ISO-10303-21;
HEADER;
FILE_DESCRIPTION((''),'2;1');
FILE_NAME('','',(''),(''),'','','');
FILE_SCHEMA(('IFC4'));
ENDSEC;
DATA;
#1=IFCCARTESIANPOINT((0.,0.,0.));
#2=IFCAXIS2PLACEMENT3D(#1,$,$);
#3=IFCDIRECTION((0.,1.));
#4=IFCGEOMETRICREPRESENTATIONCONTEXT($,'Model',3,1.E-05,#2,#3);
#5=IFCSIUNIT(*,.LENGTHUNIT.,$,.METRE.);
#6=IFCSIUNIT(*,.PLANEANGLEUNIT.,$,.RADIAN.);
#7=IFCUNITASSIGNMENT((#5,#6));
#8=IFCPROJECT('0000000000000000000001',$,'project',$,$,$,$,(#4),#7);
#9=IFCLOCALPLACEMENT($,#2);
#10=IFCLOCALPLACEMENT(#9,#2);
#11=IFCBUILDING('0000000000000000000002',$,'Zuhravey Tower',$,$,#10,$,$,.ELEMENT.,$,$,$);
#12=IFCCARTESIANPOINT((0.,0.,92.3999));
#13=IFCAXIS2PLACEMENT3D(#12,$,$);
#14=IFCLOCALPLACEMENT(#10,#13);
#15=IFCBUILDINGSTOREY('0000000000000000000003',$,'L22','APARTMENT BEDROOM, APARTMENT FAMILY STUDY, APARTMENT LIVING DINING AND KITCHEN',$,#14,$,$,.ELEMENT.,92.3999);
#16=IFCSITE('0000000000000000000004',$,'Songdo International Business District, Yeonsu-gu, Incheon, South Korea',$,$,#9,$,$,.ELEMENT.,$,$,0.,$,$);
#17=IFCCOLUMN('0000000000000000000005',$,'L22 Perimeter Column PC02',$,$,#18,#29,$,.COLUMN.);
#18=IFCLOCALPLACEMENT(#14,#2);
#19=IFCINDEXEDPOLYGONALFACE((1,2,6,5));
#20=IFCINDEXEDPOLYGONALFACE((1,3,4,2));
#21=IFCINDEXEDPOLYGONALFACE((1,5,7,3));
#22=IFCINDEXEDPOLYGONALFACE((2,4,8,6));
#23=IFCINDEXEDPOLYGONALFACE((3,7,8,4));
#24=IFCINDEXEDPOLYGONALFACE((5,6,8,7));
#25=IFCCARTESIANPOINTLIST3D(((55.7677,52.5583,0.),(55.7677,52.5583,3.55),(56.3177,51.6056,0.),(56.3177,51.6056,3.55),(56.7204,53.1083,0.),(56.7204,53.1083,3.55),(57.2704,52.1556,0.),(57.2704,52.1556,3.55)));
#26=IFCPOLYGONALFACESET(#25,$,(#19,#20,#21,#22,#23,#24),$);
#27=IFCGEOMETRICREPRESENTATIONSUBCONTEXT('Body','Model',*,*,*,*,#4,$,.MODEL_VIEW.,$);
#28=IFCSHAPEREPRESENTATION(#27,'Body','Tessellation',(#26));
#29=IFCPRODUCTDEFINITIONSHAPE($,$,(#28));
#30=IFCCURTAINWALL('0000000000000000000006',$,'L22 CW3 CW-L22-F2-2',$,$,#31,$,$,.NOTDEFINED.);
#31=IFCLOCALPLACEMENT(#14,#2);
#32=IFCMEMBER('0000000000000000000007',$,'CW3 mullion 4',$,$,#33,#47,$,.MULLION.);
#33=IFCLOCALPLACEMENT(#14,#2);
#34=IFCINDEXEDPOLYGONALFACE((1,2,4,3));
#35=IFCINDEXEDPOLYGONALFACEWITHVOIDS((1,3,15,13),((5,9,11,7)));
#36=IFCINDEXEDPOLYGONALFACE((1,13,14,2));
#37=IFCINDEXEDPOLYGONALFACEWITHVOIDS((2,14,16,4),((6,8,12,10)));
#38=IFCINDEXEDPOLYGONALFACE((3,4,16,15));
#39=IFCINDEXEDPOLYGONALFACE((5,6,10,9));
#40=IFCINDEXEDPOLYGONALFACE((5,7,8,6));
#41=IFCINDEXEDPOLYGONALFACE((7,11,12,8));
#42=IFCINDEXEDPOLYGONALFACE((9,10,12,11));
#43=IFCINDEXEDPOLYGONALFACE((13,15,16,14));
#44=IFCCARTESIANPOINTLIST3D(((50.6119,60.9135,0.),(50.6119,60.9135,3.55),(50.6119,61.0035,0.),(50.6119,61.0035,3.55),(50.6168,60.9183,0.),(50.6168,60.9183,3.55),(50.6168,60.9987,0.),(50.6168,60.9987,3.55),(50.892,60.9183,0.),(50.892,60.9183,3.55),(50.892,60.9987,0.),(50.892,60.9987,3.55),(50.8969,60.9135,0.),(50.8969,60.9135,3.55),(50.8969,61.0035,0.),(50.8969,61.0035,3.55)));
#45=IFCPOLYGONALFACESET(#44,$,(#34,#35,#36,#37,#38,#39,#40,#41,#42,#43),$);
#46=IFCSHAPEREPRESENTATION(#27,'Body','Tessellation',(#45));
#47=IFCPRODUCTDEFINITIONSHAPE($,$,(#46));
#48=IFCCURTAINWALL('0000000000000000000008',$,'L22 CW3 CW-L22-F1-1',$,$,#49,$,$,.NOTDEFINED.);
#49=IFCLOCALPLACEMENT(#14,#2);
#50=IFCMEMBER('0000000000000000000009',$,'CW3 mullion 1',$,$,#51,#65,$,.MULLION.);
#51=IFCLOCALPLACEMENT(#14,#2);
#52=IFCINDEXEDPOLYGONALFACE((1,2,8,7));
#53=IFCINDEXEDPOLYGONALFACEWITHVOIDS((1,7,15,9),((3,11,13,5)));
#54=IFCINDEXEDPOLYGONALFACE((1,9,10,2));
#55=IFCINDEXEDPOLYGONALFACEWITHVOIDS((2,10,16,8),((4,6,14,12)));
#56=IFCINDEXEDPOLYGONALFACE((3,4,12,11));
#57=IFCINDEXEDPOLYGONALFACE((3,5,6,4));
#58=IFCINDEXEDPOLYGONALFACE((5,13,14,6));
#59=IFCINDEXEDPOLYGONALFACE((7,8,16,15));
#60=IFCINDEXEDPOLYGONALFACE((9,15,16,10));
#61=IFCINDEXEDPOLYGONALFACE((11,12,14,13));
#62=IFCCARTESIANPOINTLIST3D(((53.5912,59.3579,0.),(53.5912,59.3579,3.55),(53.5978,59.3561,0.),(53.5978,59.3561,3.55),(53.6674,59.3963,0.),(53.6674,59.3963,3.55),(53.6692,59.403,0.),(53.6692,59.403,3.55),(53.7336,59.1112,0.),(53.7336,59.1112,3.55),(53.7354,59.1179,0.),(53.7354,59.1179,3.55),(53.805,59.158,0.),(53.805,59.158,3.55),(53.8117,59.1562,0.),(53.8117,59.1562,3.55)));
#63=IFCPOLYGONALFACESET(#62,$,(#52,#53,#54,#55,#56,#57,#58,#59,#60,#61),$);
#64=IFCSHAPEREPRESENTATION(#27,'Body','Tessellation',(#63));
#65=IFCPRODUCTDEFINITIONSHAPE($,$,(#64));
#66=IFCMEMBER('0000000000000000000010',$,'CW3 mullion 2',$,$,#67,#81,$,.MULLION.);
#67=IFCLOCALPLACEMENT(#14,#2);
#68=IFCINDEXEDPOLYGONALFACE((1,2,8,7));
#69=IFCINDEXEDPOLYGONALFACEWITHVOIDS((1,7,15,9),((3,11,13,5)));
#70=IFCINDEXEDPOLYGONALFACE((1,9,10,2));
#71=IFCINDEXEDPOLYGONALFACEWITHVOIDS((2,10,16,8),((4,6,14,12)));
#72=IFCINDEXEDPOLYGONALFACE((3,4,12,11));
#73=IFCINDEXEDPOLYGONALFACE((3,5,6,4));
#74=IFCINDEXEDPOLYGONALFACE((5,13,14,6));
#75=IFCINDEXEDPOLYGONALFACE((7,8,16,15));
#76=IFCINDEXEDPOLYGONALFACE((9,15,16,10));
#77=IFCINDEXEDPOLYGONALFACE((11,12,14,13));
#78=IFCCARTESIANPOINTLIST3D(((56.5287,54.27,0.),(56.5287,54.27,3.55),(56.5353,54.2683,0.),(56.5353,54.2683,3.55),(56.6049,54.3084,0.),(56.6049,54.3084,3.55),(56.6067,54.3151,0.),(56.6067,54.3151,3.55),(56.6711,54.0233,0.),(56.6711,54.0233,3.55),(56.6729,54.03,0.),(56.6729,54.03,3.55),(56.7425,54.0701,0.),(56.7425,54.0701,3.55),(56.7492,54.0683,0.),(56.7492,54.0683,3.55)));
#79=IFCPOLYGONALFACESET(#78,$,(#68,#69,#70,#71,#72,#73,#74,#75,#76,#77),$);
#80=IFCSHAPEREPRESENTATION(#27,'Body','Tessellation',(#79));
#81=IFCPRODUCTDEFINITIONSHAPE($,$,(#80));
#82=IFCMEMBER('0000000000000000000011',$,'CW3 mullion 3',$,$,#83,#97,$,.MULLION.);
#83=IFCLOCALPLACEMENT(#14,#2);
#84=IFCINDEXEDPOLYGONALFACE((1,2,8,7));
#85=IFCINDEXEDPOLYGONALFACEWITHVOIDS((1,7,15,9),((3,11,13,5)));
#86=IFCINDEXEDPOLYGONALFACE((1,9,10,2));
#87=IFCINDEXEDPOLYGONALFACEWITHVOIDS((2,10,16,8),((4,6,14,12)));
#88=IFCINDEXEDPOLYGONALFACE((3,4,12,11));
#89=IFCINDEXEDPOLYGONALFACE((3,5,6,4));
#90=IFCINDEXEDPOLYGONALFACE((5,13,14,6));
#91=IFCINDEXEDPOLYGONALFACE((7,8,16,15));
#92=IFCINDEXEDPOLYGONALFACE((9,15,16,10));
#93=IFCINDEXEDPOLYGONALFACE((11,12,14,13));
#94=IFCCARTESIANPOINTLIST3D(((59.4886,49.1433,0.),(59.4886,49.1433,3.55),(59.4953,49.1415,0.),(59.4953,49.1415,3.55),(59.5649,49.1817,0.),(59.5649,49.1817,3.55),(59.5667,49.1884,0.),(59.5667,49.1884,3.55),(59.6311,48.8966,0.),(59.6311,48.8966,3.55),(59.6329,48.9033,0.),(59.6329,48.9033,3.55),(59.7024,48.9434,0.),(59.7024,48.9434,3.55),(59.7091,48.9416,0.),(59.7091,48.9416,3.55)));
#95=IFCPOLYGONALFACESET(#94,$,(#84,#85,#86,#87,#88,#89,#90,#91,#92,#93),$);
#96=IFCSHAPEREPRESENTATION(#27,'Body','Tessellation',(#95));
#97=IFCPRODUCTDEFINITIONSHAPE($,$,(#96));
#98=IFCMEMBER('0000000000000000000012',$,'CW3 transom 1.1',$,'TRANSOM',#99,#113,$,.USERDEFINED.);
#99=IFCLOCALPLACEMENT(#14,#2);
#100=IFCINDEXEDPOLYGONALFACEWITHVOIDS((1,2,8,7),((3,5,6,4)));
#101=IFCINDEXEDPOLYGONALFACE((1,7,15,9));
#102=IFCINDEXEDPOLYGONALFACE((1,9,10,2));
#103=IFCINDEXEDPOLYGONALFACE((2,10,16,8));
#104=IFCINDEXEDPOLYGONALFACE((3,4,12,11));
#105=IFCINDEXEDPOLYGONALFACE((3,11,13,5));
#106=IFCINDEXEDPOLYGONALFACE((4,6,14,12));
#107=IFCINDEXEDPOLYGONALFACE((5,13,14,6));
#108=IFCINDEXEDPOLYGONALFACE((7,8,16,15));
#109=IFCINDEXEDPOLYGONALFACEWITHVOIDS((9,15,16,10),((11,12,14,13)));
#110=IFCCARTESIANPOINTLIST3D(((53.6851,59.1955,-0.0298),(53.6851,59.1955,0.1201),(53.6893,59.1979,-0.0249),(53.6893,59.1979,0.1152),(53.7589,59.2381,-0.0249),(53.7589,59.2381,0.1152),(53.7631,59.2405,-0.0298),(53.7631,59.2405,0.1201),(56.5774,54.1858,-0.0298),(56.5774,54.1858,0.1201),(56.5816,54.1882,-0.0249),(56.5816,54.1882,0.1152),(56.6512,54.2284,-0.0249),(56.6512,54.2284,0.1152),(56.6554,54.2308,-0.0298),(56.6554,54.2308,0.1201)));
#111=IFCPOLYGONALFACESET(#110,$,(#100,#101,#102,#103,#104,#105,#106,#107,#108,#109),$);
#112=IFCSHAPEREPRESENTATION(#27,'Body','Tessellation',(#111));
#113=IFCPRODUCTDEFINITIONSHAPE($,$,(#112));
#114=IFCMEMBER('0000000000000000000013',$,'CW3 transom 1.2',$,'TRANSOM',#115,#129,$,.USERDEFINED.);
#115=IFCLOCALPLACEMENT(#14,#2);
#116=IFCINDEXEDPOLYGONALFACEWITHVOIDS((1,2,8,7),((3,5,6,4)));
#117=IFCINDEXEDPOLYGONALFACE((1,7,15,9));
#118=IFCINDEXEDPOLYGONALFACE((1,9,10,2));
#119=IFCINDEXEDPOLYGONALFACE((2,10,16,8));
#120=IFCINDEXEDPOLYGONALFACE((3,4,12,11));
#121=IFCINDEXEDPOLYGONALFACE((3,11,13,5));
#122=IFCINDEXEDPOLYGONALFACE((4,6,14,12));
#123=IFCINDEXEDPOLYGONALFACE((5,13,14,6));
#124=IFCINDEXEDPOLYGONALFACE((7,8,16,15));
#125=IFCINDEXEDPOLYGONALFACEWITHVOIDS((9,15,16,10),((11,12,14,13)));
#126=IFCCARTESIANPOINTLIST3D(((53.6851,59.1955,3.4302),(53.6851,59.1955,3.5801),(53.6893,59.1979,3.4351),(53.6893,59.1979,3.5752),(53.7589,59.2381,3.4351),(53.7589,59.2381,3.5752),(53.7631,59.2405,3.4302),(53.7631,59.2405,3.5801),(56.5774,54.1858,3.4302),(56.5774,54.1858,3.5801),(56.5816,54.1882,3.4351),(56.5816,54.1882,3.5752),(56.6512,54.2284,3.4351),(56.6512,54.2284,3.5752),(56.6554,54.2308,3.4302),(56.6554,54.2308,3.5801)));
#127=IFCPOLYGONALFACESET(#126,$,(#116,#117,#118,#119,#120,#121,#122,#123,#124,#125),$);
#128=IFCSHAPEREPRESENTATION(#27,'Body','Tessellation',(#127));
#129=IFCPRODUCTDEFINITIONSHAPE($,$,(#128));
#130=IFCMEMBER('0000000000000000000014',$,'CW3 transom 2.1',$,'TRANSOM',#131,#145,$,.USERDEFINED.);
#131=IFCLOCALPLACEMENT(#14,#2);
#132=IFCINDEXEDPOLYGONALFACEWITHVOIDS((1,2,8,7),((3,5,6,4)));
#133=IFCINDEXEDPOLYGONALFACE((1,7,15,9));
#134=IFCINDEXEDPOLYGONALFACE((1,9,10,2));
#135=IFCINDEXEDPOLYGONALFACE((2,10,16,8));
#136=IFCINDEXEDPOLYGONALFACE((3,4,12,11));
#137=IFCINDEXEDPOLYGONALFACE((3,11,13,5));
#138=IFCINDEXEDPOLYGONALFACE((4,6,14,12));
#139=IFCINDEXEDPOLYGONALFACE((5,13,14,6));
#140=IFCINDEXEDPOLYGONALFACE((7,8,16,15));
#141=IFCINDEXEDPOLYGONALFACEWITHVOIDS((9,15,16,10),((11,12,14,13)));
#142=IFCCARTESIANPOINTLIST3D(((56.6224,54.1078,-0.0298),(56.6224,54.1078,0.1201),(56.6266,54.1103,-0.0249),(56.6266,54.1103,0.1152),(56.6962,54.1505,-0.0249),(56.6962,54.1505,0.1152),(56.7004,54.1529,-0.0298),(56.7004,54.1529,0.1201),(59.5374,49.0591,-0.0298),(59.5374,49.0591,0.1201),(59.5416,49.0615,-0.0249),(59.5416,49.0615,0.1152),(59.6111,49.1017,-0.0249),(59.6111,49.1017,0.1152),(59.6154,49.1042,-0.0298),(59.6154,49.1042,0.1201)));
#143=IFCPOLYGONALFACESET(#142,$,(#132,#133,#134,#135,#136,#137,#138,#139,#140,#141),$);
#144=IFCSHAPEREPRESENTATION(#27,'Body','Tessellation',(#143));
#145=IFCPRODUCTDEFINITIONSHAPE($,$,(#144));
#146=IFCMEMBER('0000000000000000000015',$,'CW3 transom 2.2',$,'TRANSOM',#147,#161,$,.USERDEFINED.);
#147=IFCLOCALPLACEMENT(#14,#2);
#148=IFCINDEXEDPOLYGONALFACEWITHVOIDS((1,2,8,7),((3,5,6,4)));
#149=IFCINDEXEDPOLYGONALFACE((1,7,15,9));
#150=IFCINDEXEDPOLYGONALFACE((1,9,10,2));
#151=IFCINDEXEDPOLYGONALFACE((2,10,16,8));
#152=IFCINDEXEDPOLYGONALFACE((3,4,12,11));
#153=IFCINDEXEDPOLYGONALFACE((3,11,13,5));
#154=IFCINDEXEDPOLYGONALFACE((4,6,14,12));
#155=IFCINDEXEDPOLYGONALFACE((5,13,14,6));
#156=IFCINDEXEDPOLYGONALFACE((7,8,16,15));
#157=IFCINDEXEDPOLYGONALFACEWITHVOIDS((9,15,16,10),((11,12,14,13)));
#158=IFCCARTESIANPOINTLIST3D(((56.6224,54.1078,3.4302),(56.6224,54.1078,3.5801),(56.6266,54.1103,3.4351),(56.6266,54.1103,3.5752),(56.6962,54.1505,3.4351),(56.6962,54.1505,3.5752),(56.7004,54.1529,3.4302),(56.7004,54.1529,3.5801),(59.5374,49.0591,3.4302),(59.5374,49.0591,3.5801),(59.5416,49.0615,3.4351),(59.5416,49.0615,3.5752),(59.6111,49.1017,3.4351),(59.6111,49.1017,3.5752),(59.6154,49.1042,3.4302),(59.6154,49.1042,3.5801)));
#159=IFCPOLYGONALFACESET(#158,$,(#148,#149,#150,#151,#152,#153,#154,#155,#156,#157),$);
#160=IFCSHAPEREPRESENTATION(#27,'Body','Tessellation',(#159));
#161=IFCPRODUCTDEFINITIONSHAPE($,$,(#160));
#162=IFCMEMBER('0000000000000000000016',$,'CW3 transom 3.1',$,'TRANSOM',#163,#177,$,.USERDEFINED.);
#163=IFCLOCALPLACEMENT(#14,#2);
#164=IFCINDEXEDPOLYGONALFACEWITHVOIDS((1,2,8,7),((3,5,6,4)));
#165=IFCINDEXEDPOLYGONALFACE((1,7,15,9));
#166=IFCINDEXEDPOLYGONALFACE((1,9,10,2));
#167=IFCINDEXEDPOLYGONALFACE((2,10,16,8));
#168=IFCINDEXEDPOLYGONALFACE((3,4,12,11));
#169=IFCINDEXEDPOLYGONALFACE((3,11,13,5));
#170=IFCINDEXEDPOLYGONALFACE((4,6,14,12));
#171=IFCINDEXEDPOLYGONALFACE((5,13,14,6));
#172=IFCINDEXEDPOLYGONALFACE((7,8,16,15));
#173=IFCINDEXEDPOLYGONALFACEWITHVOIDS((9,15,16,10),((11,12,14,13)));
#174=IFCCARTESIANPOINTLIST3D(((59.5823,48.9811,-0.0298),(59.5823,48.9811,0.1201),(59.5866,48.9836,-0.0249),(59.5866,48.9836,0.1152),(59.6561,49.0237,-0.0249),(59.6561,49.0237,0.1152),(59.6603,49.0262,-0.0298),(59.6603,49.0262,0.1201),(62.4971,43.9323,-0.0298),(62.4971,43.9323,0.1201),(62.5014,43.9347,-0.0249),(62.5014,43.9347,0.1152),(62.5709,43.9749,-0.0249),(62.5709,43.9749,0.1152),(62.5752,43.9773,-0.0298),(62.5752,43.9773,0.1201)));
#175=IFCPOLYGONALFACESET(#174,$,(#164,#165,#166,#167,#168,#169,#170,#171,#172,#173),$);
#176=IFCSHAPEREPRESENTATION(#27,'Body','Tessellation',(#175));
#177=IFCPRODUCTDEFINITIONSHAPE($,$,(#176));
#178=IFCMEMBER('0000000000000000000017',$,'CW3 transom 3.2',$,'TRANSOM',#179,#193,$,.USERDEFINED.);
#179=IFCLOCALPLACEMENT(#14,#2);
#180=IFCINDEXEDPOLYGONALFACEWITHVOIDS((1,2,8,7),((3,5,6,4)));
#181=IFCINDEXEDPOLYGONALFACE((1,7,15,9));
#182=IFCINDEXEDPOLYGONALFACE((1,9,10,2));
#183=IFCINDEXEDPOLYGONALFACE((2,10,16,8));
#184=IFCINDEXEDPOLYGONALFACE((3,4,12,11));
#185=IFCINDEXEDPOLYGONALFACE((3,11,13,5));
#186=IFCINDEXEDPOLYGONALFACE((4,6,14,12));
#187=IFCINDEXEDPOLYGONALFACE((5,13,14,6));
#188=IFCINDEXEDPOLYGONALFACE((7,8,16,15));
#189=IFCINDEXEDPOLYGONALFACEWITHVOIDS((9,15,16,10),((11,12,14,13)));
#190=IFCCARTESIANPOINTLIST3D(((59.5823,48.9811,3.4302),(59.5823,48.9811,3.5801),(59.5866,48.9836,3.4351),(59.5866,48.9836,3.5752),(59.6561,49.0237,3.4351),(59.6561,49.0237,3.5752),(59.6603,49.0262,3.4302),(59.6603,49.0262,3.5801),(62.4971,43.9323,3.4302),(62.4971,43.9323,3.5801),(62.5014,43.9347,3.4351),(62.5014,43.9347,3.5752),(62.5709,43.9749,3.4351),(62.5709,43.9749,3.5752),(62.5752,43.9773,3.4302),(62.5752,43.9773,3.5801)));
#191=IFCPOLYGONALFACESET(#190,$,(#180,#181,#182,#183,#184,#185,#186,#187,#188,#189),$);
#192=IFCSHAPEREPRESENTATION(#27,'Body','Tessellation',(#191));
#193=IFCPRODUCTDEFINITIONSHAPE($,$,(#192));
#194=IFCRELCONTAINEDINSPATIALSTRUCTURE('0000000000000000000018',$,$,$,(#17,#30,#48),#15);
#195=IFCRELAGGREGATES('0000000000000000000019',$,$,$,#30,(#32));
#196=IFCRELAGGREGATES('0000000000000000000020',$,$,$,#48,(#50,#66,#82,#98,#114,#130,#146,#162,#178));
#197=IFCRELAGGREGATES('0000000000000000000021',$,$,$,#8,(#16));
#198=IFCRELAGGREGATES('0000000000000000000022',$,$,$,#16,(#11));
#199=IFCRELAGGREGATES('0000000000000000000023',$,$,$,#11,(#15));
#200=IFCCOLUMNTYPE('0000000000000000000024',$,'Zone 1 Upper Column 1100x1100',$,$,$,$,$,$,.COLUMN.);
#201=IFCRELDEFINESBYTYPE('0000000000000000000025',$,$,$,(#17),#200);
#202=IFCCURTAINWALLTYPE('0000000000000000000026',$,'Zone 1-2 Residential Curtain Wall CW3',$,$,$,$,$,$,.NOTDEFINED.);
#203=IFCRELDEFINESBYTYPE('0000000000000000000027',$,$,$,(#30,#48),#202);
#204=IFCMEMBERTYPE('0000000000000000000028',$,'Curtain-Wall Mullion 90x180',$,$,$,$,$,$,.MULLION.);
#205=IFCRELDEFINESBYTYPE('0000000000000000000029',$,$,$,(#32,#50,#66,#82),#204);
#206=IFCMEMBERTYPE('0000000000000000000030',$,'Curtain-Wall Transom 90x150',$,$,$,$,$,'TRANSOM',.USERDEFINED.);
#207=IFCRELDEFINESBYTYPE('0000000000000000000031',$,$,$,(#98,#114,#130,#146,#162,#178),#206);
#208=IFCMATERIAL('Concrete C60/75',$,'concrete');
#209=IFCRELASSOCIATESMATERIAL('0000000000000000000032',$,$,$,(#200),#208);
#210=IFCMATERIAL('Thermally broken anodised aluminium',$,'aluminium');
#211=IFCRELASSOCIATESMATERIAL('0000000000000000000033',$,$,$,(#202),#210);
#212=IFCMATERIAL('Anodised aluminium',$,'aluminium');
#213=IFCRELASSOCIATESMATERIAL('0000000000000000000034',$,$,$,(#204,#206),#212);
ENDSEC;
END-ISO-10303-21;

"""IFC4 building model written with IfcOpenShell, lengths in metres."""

from ifc_helpers import new_model, si_unit, direction, frame, origin, origin_2d, place, context, subcontext, project, spatial, rectangle, hollow_rectangle, extrude, material, material_profile, profile_set, type_object, element, aggregate, save


model = new_model("IFC4")

# Units and contexts
model_context = context("Model", 3, precision=1e-05, world=origin(), true_north=direction((0.0, 1.0)))
body_context = subcontext(model_context, "Body", "Model", "MODEL_VIEW")
ifc_project = project(units=[si_unit("LENGTHUNIT", "METRE"), si_unit("PLANEANGLEUNIT", "RADIAN")], contexts=[model_context])

# Site, building, storey
site_placement = place(None, origin())
site = spatial("IfcSite", under=ifc_project, at=site_placement, Name="Songdo International Business District, Yeonsu-gu, Incheon, South Korea", CompositionType="ELEMENT", RefElevation=0.0)
building_placement = place(site_placement, origin())
building = spatial("IfcBuilding", under=site, at=building_placement, Name="Zuhravey Tower", CompositionType="ELEMENT")
storey_placement = place(building_placement, frame((0.0, 0.0, 92.3999)))
storey = spatial("IfcBuildingStorey", under=building, at=storey_placement, Name="L22", Description="APARTMENT BEDROOM, APARTMENT FAMILY STUDY, APARTMENT LIVING DINING AND KITCHEN", CompositionType="ELEMENT", Elevation=92.3999)

# Column
ifc_material_1 = material(Name="Concrete C60/75", Category="concrete")
ifc_material_profile_1 = material_profile(ifc_material_1, rectangle(XDim=1.1001, YDim=1.1001, at=origin_2d()), Name="RC-1100x1100")
ifc_profile_set_1 = profile_set([ifc_material_profile_1], Name="Concrete C60/75")
column_type = type_object("IfcColumnType", Name="Zone 1 Upper Column 1100x1100", PredefinedType="COLUMN", material=ifc_profile_set_1)
column_placement = place(storey_placement, frame((56.519, 52.3569, 0.0), z_axis=(0.0, 0.0, 1.0), x_axis=(-0.5, 0.866025, 0.0)))
element("IfcColumn", 1, at=column_placement, inside=storey, type_object=column_type, Name="L22 Perimeter Column PC02", PredefinedType="COLUMN", context=body_context, shape_type="SweptSolid", body=[
    extrude(rectangle(XDim=1.1001, YDim=1.1001, at=origin_2d()), origin(), (0.0, 0.0, 1.0), 3.55),
])

# Curtain wall, member
ifc_material_2 = material(Name="Thermally broken anodised aluminium", Category="aluminium")
curtain_wall_type = type_object("IfcCurtainWallType", Name="Zone 1-2 Residential Curtain Wall CW3", PredefinedType="NOTDEFINED", material=ifc_material_2)
curtain_wall_1_placement = place(storey_placement, origin())
curtain_wall_1 = element("IfcCurtainWall", 2, at=curtain_wall_1_placement, inside=storey, type_object=curtain_wall_type, Name="L22 CW3 CW-L22-F2-2", PredefinedType="NOTDEFINED")
ifc_material_3 = material(Name="Anodised aluminium", Category="aluminium")
ifc_material_profile_2 = material_profile(ifc_material_3, hollow_rectangle(XDim=0.0901, YDim=0.2849, WallThickness=0.0049, at=origin_2d()), Name="ALU-RHS-90x285x5")
ifc_profile_set_2 = profile_set([ifc_material_profile_2], Name="Anodised aluminium")
member_type_1 = type_object("IfcMemberType", Name="Curtain-Wall Mullion 90x180", PredefinedType="MULLION", material=ifc_profile_set_2)
member_1_placement = place(storey_placement, frame((50.7544, 60.9585, 0.0), z_axis=(0.0, 0.0, 1.0), x_axis=(0.0, 1.0, 0.0)))
member_1 = element("IfcMember", 3, at=member_1_placement, type_object=member_type_1, Name="CW3 mullion 4", PredefinedType="MULLION", context=body_context, shape_type="SweptSolid", body=[
    extrude(hollow_rectangle(XDim=0.0901, YDim=0.2849, WallThickness=0.0049, at=origin_2d()), origin(), (0.0, 0.0, 1.0), 3.55),
])
aggregate(curtain_wall_1, [member_1])

# Curtain wall, members
curtain_wall_2_placement = place(storey_placement, origin())
curtain_wall_2 = element("IfcCurtainWall", 4, at=curtain_wall_2_placement, inside=storey, type_object=curtain_wall_type, Name="L22 CW3 CW-L22-F1-1", PredefinedType="NOTDEFINED")
member_2_placement = place(storey_placement, frame((53.7014, 59.2571, 0.0), z_axis=(0.0, 0.0, 1.0), x_axis=(0.866026, 0.5, 0.0)))
member_2 = element("IfcMember", 5, at=member_2_placement, type_object=member_type_1, Name="CW3 mullion 1", PredefinedType="MULLION", context=body_context, shape_type="SweptSolid", body=[
    extrude(hollow_rectangle(XDim=0.0901, YDim=0.2849, WallThickness=0.0049, at=origin_2d()), origin(), (0.0, 0.0, 1.0), 3.55),
])
member_3_placement = place(storey_placement, frame((56.6389, 54.1692, 0.0), z_axis=(0.0, 0.0, 1.0), x_axis=(0.866026, 0.5, 0.0)))
member_3 = element("IfcMember", 6, at=member_3_placement, type_object=member_type_1, Name="CW3 mullion 2", PredefinedType="MULLION", context=body_context, shape_type="SweptSolid", body=[
    extrude(hollow_rectangle(XDim=0.0901, YDim=0.2849, WallThickness=0.0049, at=origin_2d()), origin(), (0.0, 0.0, 1.0), 3.55),
])
member_4_placement = place(storey_placement, frame((59.5989, 49.0425, 0.0), z_axis=(0.0, 0.0, 1.0), x_axis=(0.866026, 0.5, 0.0)))
member_4 = element("IfcMember", 7, at=member_4_placement, type_object=member_type_1, Name="CW3 mullion 3", PredefinedType="MULLION", context=body_context, shape_type="SweptSolid", body=[
    extrude(hollow_rectangle(XDim=0.0901, YDim=0.2849, WallThickness=0.0049, at=origin_2d()), origin(), (0.0, 0.0, 1.0), 3.55),
])
ifc_material_profile_3 = material_profile(ifc_material_3, hollow_rectangle(XDim=0.0901, YDim=0.1499, WallThickness=0.0049, at=origin_2d()), Name="ALU-RHS-90x150x5")
ifc_profile_set_3 = profile_set([ifc_material_profile_3], Name="Anodised aluminium")
member_type_2 = type_object("IfcMemberType", Name="Curtain-Wall Transom 90x150", ElementType="TRANSOM", PredefinedType="USERDEFINED", material=ifc_profile_set_3)
member_5_placement = place(storey_placement, frame((53.7241, 59.218, 0.0452), z_axis=(0.499993, -0.86603, 0.0), x_axis=(0.86603, 0.499993, 0.0)))
member_5 = element("IfcMember", 8, at=member_5_placement, type_object=member_type_2, Name="CW3 transom 1.1", ObjectType="TRANSOM", PredefinedType="USERDEFINED", context=body_context, shape_type="SweptSolid", body=[
    extrude(hollow_rectangle(XDim=0.0901, YDim=0.1499, WallThickness=0.0049, at=origin_2d()), origin(), (0.0, 0.0, 1.0), 5.7847),
])
member_6_placement = place(storey_placement, frame((53.7241, 59.218, 3.5051), z_axis=(0.499993, -0.86603, 0.0), x_axis=(0.86603, 0.499993, 0.0)))
member_6 = element("IfcMember", 9, at=member_6_placement, type_object=member_type_2, Name="CW3 transom 1.2", ObjectType="TRANSOM", PredefinedType="USERDEFINED", context=body_context, shape_type="SweptSolid", body=[
    extrude(hollow_rectangle(XDim=0.0901, YDim=0.1499, WallThickness=0.0049, at=origin_2d()), origin(), (0.0, 0.0, 1.0), 5.7847),
])
member_7_placement = place(storey_placement, frame((56.6614, 54.1304, 0.0452), z_axis=(0.500012, -0.866018, 0.0), x_axis=(0.866018, 0.500012, 0.0)))
member_7 = element("IfcMember", 10, at=member_7_placement, type_object=member_type_2, Name="CW3 transom 2.1", ObjectType="TRANSOM", PredefinedType="USERDEFINED", context=body_context, shape_type="SweptSolid", body=[
    extrude(hollow_rectangle(XDim=0.0901, YDim=0.1499, WallThickness=0.0049, at=origin_2d()), origin(), (0.0, 0.0, 1.0), 5.8298),
])
member_8_placement = place(storey_placement, frame((56.6614, 54.1304, 3.5051), z_axis=(0.500012, -0.866018, 0.0), x_axis=(0.866018, 0.500012, 0.0)))
member_8 = element("IfcMember", 11, at=member_8_placement, type_object=member_type_2, Name="CW3 transom 2.2", ObjectType="TRANSOM", PredefinedType="USERDEFINED", context=body_context, shape_type="SweptSolid", body=[
    extrude(hollow_rectangle(XDim=0.0901, YDim=0.1499, WallThickness=0.0049, at=origin_2d()), origin(), (0.0, 0.0, 1.0), 5.8298),
])
member_9_placement = place(storey_placement, frame((59.6213, 49.0037, 0.0452), z_axis=(0.499981, -0.866036, 0.0), x_axis=(0.866036, 0.499981, 0.0)))
member_9 = element("IfcMember", 12, at=member_9_placement, type_object=member_type_2, Name="CW3 transom 3.1", ObjectType="TRANSOM", PredefinedType="USERDEFINED", context=body_context, shape_type="SweptSolid", body=[
    extrude(hollow_rectangle(XDim=0.0901, YDim=0.1499, WallThickness=0.0049, at=origin_2d()), origin(), (0.0, 0.0, 1.0), 5.8298),
])
member_10_placement = place(storey_placement, frame((59.6213, 49.0037, 3.5051), z_axis=(0.499981, -0.866036, 0.0), x_axis=(0.866036, 0.499981, 0.0)))
member_10 = element("IfcMember", 13, at=member_10_placement, type_object=member_type_2, Name="CW3 transom 3.2", ObjectType="TRANSOM", PredefinedType="USERDEFINED", context=body_context, shape_type="SweptSolid", body=[
    extrude(hollow_rectangle(XDim=0.0901, YDim=0.1499, WallThickness=0.0049, at=origin_2d()), origin(), (0.0, 0.0, 1.0), 5.8298),
])

aggregate(curtain_wall_2, [member_2, member_3, member_4, member_5, member_6, member_7, member_8, member_9, member_10])

save(model, "model.ifc")
